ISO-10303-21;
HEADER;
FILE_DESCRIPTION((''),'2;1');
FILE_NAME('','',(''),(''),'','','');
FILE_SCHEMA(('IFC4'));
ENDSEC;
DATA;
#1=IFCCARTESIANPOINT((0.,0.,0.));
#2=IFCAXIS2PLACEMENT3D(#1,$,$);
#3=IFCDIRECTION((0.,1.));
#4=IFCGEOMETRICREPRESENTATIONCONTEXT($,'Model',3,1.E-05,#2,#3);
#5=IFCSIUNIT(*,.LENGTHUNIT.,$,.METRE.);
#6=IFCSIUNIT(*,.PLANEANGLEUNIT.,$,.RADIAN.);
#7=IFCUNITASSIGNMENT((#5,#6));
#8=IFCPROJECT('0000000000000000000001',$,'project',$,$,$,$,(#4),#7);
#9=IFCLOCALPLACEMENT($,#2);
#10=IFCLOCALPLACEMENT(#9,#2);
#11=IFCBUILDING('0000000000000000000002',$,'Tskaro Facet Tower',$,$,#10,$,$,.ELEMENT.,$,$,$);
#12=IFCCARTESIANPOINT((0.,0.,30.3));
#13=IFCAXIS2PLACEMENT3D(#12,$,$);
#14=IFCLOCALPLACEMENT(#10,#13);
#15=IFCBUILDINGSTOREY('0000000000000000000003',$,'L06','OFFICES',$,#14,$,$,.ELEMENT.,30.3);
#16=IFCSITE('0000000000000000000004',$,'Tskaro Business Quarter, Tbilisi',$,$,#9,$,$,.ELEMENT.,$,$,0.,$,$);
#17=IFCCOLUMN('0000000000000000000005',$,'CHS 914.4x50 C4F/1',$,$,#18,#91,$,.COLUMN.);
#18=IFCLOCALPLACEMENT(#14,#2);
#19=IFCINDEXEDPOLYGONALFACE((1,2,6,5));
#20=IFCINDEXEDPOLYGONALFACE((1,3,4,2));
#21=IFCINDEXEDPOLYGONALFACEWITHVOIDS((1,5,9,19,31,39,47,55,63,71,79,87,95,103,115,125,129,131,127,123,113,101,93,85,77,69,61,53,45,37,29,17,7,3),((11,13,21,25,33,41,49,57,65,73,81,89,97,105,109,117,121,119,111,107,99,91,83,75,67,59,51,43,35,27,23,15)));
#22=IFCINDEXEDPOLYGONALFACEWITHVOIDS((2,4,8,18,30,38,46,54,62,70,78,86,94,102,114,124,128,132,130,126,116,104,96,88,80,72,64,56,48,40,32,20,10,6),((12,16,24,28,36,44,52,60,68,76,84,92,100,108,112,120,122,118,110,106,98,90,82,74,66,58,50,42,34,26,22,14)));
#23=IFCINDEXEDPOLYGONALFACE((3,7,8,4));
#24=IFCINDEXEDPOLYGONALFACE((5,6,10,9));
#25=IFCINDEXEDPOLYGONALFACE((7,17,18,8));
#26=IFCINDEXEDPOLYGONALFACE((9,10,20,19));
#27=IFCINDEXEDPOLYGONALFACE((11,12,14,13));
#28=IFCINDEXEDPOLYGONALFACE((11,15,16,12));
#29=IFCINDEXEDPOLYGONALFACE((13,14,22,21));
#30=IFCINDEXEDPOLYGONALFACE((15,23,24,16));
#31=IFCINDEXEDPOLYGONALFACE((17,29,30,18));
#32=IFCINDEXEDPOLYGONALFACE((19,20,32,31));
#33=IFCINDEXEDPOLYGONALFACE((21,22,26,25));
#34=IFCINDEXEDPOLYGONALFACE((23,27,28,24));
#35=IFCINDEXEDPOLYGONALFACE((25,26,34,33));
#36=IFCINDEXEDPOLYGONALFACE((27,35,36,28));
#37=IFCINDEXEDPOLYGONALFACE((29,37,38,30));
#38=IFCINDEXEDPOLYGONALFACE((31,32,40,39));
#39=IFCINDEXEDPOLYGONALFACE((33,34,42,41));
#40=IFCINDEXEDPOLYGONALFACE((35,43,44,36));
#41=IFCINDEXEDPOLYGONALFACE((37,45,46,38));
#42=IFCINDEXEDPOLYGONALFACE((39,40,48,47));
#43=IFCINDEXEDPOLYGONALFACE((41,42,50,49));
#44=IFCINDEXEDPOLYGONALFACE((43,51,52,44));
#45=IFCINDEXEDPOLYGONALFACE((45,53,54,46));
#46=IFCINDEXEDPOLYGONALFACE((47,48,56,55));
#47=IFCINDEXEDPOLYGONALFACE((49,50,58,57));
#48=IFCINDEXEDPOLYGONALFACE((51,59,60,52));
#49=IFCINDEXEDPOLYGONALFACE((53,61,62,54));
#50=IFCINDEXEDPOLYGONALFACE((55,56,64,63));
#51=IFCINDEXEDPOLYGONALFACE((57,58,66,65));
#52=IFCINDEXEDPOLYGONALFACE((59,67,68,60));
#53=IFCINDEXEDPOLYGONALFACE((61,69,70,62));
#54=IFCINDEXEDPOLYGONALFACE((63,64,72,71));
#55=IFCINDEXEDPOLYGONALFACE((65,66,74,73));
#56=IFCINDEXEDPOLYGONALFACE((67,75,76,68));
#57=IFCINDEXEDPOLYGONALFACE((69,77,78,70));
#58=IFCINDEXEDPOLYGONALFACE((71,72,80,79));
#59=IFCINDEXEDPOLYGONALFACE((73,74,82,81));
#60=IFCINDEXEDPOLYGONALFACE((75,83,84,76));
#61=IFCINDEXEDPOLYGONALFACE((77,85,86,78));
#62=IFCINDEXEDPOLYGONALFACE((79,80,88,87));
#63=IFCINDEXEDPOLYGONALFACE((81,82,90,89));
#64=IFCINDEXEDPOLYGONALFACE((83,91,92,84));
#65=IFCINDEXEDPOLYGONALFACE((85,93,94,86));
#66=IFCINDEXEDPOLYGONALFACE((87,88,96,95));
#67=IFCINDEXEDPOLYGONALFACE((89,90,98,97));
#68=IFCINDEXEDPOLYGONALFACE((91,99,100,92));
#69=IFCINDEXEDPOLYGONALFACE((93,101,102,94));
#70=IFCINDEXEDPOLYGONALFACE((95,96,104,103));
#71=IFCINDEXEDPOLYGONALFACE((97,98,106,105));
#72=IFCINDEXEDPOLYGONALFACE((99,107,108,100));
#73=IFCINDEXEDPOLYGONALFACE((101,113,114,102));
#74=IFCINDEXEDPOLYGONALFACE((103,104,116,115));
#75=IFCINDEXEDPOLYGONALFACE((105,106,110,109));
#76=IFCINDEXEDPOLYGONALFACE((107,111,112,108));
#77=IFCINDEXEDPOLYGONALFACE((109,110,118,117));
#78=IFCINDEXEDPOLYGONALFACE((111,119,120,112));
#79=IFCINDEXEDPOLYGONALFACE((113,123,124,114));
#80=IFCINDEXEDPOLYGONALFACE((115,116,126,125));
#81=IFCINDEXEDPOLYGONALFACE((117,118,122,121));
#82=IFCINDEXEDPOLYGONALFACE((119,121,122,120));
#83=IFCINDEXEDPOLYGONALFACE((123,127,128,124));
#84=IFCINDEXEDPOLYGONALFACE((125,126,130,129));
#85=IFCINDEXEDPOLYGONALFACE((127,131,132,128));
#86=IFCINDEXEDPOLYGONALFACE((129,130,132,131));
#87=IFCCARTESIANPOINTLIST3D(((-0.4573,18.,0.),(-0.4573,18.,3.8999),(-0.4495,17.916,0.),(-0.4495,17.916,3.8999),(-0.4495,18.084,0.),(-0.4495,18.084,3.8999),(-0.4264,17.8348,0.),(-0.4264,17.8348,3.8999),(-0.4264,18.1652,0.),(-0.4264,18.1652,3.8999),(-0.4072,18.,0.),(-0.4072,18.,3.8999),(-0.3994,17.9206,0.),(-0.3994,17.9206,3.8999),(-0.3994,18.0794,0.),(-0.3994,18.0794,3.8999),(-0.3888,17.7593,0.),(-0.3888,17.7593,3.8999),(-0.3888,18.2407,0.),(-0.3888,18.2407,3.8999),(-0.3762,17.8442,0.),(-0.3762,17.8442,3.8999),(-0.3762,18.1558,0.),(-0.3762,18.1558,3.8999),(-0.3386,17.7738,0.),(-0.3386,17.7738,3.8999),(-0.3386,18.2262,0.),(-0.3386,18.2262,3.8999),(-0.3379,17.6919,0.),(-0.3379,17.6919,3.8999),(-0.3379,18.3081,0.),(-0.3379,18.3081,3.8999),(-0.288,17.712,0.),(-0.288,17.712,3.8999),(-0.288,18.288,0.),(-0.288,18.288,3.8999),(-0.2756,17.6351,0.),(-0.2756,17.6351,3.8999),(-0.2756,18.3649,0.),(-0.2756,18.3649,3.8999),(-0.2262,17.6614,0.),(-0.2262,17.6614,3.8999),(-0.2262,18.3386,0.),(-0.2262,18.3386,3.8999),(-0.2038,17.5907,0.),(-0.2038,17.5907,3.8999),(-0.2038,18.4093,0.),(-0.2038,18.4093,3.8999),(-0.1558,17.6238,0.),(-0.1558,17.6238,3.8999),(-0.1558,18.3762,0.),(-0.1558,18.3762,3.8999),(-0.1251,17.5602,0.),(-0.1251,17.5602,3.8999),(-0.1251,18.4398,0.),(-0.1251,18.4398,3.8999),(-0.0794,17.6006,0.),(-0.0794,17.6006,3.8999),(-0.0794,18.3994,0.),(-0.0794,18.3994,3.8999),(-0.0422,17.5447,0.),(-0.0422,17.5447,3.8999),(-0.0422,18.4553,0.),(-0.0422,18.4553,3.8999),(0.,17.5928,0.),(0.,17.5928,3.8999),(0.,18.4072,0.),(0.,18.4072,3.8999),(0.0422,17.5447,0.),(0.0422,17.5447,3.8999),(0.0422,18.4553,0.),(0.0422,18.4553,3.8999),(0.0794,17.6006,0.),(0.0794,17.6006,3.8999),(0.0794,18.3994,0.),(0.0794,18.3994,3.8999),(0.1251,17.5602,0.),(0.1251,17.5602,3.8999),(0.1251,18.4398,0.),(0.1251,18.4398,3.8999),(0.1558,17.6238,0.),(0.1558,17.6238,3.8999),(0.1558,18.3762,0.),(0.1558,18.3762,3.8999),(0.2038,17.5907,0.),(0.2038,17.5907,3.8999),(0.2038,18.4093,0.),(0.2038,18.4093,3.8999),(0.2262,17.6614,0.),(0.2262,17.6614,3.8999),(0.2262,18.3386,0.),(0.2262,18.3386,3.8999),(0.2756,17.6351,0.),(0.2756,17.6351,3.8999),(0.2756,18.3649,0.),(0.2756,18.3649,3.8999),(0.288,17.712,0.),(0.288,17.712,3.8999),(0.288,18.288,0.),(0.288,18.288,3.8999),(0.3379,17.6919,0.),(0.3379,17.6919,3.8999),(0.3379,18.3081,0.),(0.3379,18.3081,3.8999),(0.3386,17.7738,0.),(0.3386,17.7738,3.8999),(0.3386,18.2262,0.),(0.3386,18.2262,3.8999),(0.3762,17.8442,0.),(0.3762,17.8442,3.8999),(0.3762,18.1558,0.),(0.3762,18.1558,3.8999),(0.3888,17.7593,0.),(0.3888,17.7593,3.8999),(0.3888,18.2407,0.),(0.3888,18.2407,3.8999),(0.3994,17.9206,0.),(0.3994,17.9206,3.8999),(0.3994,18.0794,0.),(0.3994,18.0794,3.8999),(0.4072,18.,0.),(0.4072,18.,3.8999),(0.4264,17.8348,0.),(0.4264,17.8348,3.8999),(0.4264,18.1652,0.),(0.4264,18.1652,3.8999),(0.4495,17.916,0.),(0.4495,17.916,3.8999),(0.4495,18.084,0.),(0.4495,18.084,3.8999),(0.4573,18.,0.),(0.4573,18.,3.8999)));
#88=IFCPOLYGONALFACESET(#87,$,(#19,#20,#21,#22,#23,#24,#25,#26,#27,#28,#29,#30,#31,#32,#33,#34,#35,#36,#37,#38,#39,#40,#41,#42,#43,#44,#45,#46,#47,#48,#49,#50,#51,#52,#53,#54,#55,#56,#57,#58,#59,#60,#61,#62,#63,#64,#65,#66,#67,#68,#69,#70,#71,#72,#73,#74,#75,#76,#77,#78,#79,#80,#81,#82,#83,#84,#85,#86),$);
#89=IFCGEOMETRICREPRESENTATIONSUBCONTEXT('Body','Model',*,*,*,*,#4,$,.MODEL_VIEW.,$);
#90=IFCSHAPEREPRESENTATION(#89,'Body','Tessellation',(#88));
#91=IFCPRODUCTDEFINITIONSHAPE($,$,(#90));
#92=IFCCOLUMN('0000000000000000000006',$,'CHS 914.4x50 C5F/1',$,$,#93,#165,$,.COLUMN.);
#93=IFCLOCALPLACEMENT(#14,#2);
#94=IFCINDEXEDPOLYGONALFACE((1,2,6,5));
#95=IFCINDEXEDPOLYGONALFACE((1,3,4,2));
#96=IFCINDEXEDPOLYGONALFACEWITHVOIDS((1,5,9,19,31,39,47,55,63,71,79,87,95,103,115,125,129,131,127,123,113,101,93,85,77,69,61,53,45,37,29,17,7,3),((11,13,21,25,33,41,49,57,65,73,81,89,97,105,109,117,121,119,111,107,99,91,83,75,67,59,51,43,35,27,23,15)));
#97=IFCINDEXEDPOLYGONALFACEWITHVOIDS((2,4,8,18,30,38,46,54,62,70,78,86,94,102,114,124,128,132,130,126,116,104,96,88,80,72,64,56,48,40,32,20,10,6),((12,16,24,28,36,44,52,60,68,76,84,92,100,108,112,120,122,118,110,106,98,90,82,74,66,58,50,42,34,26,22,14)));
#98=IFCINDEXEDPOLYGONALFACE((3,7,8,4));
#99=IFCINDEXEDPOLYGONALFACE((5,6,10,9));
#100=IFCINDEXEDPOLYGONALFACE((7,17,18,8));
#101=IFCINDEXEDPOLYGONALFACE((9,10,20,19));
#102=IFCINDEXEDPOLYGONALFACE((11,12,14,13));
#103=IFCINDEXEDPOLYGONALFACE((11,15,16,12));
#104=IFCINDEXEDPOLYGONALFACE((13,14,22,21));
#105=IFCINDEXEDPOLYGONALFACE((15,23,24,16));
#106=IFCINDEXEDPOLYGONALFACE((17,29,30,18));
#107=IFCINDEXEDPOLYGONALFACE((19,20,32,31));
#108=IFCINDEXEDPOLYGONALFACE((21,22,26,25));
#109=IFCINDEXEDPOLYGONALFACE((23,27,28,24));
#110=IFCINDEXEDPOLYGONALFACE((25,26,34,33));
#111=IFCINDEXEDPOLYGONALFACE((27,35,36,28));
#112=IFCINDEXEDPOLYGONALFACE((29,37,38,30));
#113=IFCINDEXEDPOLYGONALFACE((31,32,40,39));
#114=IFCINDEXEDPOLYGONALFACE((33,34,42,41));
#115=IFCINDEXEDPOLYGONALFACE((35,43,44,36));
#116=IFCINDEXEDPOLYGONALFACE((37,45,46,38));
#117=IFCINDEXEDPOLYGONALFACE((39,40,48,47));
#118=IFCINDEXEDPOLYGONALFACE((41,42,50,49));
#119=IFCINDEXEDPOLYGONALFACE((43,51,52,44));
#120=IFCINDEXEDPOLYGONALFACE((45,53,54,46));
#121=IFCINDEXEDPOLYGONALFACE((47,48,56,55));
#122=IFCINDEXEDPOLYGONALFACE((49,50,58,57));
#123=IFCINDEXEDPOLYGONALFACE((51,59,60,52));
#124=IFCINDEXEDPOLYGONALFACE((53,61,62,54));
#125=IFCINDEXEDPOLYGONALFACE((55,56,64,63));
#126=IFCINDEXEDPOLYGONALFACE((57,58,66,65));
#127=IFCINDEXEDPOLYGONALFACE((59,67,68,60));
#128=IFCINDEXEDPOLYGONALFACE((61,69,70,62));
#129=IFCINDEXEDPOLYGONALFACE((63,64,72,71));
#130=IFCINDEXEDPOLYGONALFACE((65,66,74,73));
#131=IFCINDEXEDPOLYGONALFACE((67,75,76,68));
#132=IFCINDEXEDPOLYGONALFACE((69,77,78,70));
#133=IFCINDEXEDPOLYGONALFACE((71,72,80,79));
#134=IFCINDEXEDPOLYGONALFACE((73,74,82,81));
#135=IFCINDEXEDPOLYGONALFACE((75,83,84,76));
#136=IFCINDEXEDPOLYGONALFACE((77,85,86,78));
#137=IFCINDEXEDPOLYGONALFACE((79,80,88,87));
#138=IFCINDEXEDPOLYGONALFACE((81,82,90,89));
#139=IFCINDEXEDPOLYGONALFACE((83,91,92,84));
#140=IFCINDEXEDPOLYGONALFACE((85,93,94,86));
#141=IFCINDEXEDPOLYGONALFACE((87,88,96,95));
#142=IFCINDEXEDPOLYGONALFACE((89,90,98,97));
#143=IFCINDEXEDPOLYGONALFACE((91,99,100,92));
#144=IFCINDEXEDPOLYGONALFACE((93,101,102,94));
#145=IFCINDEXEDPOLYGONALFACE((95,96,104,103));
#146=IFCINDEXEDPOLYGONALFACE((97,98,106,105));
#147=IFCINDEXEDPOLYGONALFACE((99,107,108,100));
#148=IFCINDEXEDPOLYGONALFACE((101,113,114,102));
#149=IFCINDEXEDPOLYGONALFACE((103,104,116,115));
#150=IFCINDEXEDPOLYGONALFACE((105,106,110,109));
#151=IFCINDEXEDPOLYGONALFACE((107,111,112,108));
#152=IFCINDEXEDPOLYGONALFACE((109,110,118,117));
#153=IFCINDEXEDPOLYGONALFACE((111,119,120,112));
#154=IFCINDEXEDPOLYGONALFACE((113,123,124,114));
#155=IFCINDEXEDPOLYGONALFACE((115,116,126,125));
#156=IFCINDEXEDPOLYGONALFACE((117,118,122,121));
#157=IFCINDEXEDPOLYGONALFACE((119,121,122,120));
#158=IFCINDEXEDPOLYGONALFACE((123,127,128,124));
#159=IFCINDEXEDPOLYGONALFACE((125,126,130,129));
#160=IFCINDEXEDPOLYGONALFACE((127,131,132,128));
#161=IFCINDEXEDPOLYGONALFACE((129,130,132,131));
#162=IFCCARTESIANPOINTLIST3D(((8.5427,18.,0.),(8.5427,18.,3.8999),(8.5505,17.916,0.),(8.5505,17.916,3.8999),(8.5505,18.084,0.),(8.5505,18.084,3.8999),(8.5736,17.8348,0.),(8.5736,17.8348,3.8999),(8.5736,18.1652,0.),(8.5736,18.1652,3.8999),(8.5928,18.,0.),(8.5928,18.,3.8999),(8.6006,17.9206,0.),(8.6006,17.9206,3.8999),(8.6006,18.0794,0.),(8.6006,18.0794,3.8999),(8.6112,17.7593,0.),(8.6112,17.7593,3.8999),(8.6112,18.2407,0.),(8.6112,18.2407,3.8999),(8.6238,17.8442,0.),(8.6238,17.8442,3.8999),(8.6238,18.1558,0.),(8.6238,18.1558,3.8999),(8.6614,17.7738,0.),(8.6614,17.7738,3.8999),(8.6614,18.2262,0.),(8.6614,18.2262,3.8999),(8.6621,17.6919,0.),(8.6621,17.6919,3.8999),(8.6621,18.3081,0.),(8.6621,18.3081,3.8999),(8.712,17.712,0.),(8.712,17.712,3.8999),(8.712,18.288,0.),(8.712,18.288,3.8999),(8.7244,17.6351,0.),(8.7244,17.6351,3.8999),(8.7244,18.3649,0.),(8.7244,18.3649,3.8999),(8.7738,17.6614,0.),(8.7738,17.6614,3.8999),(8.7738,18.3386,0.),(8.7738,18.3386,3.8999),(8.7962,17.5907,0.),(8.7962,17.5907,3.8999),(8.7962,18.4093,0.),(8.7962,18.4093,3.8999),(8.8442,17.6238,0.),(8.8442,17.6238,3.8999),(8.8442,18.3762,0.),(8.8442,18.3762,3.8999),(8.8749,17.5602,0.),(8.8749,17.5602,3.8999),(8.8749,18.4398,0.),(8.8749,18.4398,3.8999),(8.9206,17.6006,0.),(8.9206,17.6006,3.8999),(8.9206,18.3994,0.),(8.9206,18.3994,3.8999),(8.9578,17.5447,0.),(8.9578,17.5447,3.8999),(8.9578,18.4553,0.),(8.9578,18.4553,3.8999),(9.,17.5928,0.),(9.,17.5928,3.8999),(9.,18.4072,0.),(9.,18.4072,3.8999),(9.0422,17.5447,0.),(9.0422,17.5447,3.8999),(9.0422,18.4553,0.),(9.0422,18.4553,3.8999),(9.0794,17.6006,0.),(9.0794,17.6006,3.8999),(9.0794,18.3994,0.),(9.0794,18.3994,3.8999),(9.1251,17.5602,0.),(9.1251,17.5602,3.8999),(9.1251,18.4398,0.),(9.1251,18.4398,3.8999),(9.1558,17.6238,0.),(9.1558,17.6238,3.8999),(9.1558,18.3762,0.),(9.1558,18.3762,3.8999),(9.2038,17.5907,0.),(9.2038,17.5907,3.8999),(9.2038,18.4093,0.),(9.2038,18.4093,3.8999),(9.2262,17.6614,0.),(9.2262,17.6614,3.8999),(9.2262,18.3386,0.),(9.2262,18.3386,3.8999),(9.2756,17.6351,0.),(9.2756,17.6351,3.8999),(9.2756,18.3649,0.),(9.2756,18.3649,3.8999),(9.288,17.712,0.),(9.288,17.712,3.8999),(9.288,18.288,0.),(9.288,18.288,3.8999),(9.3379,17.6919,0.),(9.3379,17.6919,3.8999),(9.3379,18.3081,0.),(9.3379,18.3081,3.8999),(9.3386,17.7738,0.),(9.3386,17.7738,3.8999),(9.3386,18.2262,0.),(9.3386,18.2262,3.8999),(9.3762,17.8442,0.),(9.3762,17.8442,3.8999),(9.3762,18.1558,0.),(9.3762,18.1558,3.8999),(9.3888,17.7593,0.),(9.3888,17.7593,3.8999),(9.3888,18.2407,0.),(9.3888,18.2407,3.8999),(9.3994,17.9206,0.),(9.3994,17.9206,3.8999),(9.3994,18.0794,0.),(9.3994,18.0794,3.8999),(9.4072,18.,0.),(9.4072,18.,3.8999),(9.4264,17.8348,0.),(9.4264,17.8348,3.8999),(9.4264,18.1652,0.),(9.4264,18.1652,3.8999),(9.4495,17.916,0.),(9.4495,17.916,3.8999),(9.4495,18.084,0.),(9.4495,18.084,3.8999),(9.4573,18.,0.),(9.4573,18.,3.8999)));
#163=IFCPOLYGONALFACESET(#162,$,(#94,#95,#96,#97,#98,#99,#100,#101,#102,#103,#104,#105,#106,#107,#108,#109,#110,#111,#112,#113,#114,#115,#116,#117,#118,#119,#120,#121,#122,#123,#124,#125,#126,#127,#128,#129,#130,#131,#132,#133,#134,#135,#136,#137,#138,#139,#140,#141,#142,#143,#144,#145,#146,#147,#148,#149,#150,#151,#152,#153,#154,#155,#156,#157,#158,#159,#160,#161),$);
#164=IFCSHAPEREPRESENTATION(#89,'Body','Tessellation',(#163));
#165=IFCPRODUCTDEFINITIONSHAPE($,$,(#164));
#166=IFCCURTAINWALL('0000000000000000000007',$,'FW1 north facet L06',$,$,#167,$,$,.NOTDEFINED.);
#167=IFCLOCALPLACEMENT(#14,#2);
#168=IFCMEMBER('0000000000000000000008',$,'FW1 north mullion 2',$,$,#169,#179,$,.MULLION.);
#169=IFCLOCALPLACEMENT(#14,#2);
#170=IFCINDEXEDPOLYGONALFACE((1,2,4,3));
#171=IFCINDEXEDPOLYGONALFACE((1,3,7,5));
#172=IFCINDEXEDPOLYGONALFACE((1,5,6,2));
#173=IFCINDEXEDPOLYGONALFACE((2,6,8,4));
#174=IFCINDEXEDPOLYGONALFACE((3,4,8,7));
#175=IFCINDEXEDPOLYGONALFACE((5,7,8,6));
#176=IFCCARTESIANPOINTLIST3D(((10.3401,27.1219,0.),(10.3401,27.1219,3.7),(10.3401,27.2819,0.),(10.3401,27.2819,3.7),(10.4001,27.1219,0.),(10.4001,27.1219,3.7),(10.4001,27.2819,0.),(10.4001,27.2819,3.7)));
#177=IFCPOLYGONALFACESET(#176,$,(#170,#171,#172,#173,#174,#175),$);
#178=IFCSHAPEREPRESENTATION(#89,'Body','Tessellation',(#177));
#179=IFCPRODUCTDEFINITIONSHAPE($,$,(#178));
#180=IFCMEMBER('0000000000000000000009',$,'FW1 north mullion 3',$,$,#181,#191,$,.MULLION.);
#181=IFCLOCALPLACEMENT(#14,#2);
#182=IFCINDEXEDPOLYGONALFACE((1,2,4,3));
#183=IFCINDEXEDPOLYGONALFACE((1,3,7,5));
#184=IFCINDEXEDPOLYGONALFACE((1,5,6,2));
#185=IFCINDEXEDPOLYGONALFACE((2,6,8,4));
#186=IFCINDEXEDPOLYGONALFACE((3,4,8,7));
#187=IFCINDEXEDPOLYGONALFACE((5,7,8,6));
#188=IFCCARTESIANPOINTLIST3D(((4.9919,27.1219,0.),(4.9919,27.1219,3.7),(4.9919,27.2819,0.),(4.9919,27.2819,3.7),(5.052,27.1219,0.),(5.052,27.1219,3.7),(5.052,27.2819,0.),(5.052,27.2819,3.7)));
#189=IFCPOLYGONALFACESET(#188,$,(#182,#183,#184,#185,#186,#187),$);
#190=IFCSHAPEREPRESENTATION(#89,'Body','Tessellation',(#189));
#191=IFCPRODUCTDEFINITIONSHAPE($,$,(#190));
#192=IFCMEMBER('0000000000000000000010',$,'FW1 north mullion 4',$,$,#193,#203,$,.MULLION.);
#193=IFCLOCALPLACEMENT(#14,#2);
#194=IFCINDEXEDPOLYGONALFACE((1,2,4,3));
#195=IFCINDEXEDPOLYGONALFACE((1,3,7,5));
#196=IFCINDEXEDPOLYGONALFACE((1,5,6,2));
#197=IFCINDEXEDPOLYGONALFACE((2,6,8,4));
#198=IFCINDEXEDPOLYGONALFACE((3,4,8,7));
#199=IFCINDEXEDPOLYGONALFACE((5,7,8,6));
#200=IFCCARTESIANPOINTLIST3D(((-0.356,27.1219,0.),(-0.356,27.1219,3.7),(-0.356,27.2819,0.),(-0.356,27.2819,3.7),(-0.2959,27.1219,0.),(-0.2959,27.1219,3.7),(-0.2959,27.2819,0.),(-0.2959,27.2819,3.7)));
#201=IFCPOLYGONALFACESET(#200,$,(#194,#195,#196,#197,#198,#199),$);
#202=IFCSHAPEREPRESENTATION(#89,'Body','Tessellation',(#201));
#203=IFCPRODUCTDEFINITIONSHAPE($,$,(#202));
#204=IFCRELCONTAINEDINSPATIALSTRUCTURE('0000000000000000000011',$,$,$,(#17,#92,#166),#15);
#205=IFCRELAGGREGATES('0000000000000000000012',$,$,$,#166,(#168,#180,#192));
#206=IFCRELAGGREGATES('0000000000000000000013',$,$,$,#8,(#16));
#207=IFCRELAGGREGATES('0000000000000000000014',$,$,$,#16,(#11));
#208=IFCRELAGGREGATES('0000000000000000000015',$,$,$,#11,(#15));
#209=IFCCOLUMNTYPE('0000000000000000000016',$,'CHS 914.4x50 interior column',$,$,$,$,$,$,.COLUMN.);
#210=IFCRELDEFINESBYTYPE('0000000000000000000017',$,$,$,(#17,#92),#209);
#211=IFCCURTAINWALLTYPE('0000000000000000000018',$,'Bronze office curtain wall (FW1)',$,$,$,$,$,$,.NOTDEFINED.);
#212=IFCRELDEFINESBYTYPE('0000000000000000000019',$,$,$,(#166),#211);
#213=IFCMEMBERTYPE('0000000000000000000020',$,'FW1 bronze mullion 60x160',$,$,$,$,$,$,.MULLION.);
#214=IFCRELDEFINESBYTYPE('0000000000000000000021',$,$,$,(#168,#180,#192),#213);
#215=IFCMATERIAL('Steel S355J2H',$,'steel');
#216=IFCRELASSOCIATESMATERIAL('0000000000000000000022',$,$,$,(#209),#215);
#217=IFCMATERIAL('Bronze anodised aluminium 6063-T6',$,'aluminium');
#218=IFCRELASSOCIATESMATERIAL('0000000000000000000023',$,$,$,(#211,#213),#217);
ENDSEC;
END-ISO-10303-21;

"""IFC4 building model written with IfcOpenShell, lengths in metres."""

from ifc_helpers import new_model, si_unit, direction, frame, origin, origin_2d, place, context, subcontext, project, spatial, rectangle, hollow_circle, extrude, material, material_profile, profile_set, type_object, element, aggregate, save


model = new_model("IFC4")

# Units and contexts
model_context = context("Model", 3, precision=1e-05, world=origin(), true_north=direction((0.0, 1.0)))
body_context = subcontext(model_context, "Body", "Model", "MODEL_VIEW")
ifc_project = project(units=[si_unit("LENGTHUNIT", "METRE"), si_unit("PLANEANGLEUNIT", "RADIAN")], contexts=[model_context])

# Site, building, storey
site_placement = place(None, origin())
site = spatial("IfcSite", under=ifc_project, at=site_placement, Name="Tskaro Business Quarter, Tbilisi", CompositionType="ELEMENT", RefElevation=0.0)
building_placement = place(site_placement, origin())
building = spatial("IfcBuilding", under=site, at=building_placement, Name="Tskaro Facet Tower", CompositionType="ELEMENT")
storey_placement = place(building_placement, frame((0.0, 0.0, 30.3)))
storey = spatial("IfcBuildingStorey", under=building, at=storey_placement, Name="L06", Description="OFFICES", CompositionType="ELEMENT", Elevation=30.3)

# Columns
ifc_material_1 = material(Name="Steel S355J2H", Category="steel")
ifc_material_profile_1 = material_profile(ifc_material_1, hollow_circle(Radius=0.4573, WallThickness=0.05, at=origin_2d()), Name="CHS 914.4x50")
ifc_profile_set_1 = profile_set([ifc_material_profile_1], Name="Steel S355J2H")
column_type_1 = type_object("IfcColumnType", Name="CHS 914.4x50 interior column", PredefinedType="COLUMN", material=ifc_profile_set_1)
for number, where, z_axis, x_axis, name in (
    (1, (0.0, 18.0, 0.0), (0.0, 0.0, 1.0), (1.0, 0.0, 0.0), "CHS 914.4x50 C4F/1"),
    (2, (9.0, 18.0, 0.0), (0.0, 0.0, 1.0), (1.0, 0.0, 0.0), "CHS 914.4x50 C5F/1"),
):
    element("IfcColumn", number, at=place(storey_placement, frame(where, z_axis=z_axis, x_axis=x_axis)), inside=storey, type_object=column_type_1, Name=name, PredefinedType="COLUMN", context=body_context, shape_type="SweptSolid", body=[
        extrude(hollow_circle(Radius=0.4573, WallThickness=0.05, at=origin_2d()), origin(), (0.0, 0.0, 1.0), 3.8999),
    ])

# Curtain wall, members
ifc_material_2 = material(Name="Bronze anodised aluminium 6063-T6", Category="aluminium")
curtain_wall_type = type_object("IfcCurtainWallType", Name="Bronze office curtain wall (FW1)", PredefinedType="NOTDEFINED", material=ifc_material_2)
curtain_wall_placement = place(storey_placement, origin())
curtain_wall = element("IfcCurtainWall", 3, at=curtain_wall_placement, inside=storey, type_object=curtain_wall_type, Name="FW1 north facet L06", PredefinedType="NOTDEFINED")
ifc_material_profile_2 = material_profile(ifc_material_2, rectangle(XDim=0.0601, YDim=0.1599, at=origin_2d()), Name="Mullion 60x160")
ifc_profile_set_2 = profile_set([ifc_material_profile_2], Name="Bronze anodised aluminium 6063-T6")
member_type_1 = type_object("IfcMemberType", Name="FW1 bronze mullion 60x160", PredefinedType="MULLION", material=ifc_profile_set_2)
member_1_placement = place(storey_placement, frame((10.3701, 27.2019, 0.0), z_axis=(0.0, 0.0, 1.0), x_axis=(-1.0, 0.0, 0.0)))
member_1 = element("IfcMember", 4, at=member_1_placement, type_object=member_type_1, Name="FW1 north mullion 2", PredefinedType="MULLION", context=body_context, shape_type="SweptSolid", body=[
    extrude(rectangle(XDim=0.0601, YDim=0.1599, at=origin_2d()), origin(), (0.0, 0.0, 1.0), 3.7),
])
member_2_placement = place(storey_placement, frame((5.022, 27.2019, 0.0), z_axis=(0.0, 0.0, 1.0), x_axis=(-1.0, 0.0, 0.0)))
member_2 = element("IfcMember", 5, at=member_2_placement, type_object=member_type_1, Name="FW1 north mullion 3", PredefinedType="MULLION", context=body_context, shape_type="SweptSolid", body=[
    extrude(rectangle(XDim=0.0601, YDim=0.1599, at=origin_2d()), origin(), (0.0, 0.0, 1.0), 3.7),
])
member_3_placement = place(storey_placement, frame((-0.3259, 27.2019, 0.0), z_axis=(0.0, 0.0, 1.0), x_axis=(-1.0, 0.0, 0.0)))
member_3 = element("IfcMember", 6, at=member_3_placement, type_object=member_type_1, Name="FW1 north mullion 4", PredefinedType="MULLION", context=body_context, shape_type="SweptSolid", body=[
    extrude(rectangle(XDim=0.0601, YDim=0.1599, at=origin_2d()), origin(), (0.0, 0.0, 1.0), 3.7),
])

aggregate(curtain_wall, [member_1, member_2, member_3])

save(model, "model.ifc")
